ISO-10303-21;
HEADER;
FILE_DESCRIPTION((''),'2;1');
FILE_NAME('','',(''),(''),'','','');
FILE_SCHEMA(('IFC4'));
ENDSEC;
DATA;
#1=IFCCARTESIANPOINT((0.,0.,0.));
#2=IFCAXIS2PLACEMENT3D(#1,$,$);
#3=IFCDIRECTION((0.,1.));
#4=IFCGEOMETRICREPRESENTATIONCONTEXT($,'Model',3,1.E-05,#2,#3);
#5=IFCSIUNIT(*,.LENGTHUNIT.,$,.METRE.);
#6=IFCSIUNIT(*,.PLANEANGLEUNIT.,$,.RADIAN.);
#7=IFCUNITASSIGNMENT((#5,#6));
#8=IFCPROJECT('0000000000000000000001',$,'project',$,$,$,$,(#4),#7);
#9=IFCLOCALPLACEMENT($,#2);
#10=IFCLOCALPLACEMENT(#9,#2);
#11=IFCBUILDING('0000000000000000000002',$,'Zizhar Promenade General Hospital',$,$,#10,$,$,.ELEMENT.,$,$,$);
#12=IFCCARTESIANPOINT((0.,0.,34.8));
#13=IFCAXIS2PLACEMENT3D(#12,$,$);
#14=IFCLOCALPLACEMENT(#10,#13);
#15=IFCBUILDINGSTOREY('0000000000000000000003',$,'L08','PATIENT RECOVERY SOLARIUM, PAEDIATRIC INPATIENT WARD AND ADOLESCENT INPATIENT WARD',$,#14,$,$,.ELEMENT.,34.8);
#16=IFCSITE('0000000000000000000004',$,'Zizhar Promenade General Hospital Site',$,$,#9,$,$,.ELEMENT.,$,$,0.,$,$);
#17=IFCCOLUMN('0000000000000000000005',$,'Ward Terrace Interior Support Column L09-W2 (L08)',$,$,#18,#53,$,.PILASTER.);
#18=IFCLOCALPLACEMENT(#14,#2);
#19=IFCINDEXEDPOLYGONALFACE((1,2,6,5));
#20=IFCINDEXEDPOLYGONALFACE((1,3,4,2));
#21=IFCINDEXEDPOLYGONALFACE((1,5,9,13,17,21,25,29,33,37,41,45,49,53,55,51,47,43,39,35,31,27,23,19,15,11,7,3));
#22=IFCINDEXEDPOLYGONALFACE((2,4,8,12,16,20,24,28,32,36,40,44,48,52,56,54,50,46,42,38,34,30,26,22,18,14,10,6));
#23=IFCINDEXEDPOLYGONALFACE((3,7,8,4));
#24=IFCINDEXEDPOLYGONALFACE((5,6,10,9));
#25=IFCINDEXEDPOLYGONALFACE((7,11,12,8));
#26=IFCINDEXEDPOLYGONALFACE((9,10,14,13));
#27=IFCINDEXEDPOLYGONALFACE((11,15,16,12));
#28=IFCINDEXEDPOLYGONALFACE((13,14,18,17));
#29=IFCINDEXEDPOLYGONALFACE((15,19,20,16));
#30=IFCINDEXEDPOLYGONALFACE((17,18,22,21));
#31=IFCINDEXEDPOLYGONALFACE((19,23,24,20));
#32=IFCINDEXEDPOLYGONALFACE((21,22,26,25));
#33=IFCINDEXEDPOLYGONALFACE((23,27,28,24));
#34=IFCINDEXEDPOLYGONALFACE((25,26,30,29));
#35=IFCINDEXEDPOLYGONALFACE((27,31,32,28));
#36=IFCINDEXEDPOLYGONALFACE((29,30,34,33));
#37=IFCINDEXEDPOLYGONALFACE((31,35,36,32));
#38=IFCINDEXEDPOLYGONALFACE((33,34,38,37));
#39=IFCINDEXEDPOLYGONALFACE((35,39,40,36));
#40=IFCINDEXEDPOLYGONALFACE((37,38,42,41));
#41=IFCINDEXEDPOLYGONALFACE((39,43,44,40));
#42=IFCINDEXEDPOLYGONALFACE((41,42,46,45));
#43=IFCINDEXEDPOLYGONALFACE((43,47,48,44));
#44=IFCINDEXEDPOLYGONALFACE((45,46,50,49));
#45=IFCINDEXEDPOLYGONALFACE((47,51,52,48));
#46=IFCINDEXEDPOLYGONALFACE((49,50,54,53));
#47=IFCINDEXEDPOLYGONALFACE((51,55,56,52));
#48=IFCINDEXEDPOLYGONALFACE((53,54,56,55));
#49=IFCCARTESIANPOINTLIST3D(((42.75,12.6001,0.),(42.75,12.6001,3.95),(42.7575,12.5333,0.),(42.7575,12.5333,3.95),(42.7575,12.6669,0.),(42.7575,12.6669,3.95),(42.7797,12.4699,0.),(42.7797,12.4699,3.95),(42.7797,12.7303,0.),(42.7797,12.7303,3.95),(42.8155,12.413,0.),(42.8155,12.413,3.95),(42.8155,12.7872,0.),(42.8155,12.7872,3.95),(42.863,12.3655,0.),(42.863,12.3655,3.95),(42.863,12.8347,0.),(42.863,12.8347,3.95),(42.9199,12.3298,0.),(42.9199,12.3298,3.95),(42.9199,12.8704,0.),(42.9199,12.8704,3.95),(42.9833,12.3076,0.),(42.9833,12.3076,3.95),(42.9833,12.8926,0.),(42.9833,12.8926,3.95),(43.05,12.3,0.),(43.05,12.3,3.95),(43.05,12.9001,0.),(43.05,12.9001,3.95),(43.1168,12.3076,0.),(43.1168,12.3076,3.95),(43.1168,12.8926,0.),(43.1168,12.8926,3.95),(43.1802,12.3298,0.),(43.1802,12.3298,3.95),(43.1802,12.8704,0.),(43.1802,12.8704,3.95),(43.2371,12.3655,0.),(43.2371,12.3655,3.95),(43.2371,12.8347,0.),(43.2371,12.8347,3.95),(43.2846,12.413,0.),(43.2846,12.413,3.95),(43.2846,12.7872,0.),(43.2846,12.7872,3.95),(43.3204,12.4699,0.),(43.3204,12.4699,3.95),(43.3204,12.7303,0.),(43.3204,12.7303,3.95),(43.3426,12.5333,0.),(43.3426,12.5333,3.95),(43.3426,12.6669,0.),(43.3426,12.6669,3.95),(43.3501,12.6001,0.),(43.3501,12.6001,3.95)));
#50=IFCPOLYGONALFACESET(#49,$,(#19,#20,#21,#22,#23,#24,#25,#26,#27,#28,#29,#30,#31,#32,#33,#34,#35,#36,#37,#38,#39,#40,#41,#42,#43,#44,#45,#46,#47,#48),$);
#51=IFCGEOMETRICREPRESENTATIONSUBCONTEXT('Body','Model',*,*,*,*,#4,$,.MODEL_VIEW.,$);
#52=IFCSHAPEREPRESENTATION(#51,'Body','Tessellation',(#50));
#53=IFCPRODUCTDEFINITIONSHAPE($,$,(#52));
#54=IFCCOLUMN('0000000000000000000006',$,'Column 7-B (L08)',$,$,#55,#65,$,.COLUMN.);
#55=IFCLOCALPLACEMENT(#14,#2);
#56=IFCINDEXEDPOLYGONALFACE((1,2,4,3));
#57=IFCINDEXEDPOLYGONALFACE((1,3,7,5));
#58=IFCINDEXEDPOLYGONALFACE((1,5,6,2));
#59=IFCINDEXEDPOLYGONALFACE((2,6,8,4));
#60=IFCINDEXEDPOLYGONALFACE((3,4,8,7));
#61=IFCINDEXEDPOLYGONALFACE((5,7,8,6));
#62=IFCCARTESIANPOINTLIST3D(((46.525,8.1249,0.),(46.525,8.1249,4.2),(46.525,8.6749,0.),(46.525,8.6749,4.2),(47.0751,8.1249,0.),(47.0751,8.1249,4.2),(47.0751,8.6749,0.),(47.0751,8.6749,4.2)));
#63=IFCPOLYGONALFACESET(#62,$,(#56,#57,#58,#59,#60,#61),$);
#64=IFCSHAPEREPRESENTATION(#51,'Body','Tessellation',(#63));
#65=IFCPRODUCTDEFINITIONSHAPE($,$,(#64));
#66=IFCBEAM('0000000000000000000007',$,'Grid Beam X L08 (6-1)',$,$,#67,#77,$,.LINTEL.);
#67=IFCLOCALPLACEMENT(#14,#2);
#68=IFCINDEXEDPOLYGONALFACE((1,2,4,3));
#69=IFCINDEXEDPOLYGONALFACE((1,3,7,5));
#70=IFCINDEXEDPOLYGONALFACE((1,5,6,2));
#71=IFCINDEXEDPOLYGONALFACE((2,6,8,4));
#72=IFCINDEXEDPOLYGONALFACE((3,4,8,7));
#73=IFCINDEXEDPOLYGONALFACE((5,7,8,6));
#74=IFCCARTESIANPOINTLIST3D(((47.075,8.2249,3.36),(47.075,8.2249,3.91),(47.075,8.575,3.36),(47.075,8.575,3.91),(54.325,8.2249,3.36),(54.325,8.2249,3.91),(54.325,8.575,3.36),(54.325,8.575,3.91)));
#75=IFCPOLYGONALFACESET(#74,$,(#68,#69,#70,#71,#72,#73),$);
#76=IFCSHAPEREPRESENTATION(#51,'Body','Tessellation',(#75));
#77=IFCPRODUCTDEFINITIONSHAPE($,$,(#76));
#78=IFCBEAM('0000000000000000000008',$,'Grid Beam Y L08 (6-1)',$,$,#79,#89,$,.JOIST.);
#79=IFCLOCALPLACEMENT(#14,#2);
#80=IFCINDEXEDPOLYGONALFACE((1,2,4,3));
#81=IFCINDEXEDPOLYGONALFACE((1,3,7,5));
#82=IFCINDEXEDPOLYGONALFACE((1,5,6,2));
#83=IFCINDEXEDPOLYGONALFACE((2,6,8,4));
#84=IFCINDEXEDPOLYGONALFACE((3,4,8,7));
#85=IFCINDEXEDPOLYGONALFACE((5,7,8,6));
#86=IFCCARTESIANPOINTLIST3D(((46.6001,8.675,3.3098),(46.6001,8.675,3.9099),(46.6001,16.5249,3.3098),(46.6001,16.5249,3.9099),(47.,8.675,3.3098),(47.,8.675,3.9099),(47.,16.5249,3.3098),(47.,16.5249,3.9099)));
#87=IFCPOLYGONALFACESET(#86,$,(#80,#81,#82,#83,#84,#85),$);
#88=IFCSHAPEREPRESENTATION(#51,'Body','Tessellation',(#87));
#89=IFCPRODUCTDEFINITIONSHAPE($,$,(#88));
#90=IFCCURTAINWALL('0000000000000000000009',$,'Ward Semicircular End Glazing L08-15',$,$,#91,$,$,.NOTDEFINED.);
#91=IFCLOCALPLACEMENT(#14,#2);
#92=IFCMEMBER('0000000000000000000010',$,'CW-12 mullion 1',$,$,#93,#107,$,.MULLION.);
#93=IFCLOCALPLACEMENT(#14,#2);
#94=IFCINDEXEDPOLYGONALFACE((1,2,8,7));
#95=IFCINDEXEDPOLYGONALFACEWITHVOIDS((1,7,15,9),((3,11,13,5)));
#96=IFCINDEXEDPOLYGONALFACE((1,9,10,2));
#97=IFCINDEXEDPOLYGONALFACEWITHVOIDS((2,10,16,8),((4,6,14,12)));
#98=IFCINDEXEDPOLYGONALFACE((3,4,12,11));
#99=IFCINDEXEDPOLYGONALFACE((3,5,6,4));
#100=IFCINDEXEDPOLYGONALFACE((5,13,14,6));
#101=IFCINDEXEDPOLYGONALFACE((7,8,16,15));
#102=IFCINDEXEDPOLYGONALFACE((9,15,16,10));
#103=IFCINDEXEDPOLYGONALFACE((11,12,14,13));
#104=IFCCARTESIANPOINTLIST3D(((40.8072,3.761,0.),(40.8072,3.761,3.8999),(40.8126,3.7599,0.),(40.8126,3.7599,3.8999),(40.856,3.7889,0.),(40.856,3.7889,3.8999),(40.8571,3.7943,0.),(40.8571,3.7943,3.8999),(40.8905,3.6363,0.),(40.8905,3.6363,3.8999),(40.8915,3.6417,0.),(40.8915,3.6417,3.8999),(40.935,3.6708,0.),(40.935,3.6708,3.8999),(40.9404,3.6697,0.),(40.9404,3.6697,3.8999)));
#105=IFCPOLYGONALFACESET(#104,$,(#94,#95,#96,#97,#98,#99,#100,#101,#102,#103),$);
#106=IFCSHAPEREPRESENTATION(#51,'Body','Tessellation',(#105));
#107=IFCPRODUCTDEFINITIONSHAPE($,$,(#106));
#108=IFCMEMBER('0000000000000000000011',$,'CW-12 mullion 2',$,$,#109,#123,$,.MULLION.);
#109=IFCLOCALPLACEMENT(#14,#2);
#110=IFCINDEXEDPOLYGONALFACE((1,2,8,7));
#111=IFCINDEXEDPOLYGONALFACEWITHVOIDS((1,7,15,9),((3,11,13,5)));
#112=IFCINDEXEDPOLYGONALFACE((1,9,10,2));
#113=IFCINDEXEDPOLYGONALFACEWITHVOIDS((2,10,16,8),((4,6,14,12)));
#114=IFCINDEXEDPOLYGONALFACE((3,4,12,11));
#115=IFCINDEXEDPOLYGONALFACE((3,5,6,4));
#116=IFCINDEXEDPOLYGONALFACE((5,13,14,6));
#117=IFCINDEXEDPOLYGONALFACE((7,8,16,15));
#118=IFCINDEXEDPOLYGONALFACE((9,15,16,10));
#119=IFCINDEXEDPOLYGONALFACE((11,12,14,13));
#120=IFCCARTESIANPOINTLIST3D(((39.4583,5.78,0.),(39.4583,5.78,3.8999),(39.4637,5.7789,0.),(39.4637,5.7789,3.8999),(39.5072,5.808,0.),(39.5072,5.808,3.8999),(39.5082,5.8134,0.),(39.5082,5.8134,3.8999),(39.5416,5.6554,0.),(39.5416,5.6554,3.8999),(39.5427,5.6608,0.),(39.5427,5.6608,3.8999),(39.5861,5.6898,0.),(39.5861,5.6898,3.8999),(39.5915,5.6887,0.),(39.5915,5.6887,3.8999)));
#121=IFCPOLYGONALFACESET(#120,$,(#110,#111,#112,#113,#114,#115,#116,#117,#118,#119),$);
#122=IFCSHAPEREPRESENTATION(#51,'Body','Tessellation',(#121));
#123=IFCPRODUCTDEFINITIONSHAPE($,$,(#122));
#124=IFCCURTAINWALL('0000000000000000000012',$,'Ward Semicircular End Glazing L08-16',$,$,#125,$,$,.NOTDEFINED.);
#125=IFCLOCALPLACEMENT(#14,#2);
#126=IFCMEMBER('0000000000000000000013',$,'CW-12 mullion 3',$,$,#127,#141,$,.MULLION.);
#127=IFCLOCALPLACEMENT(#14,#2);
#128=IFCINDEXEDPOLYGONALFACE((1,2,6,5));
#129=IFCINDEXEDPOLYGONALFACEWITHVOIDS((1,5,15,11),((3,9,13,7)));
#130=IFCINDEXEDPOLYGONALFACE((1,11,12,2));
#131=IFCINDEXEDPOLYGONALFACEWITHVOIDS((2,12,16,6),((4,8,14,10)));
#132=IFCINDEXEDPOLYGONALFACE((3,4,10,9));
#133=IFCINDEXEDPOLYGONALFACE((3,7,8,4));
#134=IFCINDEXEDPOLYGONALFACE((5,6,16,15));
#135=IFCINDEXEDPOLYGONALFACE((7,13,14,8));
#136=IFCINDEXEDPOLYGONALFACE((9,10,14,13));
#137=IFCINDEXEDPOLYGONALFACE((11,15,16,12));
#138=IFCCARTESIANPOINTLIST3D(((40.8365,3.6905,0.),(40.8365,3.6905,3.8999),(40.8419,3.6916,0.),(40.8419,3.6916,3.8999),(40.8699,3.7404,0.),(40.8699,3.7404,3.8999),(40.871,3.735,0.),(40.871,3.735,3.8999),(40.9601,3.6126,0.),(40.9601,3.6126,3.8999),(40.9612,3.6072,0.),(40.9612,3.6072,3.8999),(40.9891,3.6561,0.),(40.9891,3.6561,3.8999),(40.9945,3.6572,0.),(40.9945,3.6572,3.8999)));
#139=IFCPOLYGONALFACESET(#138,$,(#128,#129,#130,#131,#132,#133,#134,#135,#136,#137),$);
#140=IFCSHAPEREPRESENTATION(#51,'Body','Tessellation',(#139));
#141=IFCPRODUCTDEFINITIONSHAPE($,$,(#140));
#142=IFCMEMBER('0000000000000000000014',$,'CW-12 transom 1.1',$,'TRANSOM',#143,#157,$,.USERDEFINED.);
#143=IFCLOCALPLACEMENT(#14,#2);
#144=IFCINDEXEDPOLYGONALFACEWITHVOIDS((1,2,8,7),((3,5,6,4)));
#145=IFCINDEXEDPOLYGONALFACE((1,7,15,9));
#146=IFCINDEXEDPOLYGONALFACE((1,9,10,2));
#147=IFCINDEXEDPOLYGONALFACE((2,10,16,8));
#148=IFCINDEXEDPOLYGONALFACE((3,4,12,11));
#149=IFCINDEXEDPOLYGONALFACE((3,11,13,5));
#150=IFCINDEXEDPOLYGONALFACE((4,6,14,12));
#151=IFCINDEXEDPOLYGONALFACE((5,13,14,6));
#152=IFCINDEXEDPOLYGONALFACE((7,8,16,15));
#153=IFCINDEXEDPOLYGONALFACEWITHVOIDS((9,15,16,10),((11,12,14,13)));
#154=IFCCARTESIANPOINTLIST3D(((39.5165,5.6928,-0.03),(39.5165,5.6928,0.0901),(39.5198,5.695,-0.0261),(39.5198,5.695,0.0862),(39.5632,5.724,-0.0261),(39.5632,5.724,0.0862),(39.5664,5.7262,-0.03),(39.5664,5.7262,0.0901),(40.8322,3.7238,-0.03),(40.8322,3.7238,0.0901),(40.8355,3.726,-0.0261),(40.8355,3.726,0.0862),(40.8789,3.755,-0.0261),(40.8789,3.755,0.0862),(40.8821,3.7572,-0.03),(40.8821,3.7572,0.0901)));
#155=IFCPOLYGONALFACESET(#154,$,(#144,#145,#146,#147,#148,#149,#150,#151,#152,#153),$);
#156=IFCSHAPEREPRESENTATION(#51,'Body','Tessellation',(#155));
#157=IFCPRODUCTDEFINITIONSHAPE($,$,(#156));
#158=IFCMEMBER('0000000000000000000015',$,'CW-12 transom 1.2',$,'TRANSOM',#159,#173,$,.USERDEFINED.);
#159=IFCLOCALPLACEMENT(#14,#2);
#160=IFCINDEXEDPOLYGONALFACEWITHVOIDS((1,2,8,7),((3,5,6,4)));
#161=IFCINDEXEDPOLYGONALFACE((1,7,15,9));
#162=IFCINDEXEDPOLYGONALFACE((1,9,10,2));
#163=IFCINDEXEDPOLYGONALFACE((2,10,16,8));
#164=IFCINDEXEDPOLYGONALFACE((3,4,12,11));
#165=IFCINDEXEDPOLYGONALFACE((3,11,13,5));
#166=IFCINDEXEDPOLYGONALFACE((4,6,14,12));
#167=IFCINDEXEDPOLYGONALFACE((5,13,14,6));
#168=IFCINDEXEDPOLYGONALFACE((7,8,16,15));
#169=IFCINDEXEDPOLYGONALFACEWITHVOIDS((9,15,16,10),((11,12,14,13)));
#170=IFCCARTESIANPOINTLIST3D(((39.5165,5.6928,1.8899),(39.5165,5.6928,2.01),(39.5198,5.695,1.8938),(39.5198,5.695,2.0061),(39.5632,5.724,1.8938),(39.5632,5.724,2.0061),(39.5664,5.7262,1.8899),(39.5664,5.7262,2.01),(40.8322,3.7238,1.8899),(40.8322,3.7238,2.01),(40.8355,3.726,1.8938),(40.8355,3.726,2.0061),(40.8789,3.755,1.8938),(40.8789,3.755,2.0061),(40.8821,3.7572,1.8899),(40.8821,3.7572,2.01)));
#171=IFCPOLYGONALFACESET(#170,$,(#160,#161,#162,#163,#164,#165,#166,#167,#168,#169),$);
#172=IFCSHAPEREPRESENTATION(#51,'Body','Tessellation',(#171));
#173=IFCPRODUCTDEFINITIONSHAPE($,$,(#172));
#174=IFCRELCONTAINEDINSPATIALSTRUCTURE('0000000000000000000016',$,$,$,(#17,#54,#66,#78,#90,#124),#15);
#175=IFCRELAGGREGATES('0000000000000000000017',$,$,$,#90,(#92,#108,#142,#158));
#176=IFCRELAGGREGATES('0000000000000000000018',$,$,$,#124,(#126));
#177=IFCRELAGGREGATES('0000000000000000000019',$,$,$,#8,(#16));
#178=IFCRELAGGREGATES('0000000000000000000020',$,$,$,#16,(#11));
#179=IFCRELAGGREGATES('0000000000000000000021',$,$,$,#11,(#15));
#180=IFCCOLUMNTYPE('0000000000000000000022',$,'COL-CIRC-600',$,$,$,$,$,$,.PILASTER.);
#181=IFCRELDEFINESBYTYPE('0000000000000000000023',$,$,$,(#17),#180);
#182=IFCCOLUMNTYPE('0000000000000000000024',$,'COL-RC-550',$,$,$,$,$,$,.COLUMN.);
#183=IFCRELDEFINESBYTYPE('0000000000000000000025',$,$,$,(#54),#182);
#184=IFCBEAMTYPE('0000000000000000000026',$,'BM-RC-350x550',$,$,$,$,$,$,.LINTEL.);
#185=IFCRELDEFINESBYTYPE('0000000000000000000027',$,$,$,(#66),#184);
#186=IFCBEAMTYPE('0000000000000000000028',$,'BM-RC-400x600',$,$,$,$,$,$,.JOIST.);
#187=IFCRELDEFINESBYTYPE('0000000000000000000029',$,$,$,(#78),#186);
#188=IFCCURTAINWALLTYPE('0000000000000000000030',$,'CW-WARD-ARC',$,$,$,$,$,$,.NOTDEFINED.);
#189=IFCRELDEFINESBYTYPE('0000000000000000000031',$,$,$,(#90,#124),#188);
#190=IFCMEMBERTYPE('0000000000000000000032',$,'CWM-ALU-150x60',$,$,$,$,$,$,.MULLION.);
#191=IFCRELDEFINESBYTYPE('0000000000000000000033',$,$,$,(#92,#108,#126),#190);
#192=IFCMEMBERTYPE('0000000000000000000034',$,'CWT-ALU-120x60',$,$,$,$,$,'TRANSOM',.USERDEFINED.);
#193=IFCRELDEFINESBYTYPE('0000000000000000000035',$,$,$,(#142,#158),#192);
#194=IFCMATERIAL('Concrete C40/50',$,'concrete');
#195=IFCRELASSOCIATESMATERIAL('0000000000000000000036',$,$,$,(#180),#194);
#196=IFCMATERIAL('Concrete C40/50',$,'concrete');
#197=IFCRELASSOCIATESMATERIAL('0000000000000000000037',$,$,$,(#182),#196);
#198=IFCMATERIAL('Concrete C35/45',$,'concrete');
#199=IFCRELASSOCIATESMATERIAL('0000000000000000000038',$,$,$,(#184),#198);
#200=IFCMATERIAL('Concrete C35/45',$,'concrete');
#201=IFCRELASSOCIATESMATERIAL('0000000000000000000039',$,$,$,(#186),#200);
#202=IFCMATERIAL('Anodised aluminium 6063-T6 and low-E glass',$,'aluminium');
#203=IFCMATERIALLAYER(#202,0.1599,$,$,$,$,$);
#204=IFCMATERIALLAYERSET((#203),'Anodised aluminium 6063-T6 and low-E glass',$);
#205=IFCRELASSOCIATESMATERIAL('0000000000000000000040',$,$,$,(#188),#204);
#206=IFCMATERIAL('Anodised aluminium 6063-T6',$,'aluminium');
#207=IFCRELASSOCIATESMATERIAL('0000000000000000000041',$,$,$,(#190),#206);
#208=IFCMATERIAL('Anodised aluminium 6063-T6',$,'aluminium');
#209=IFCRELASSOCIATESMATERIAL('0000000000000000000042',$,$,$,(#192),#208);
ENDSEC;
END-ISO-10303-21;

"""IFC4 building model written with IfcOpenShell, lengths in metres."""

from ifc_helpers import new_model, si_unit, direction, frame, origin, origin_2d, place, context, subcontext, project, spatial, rectangle, hollow_rectangle, circle, extrude, material, layer, layer_set, material_profile, profile_set, type_object, element, aggregate, save


model = new_model("IFC4")

# Units and contexts
model_context = context("Model", 3, precision=1e-05, world=origin(), true_north=direction((0.0, 1.0)))
body_context = subcontext(model_context, "Body", "Model", "MODEL_VIEW")
ifc_project = project(units=[si_unit("LENGTHUNIT", "METRE"), si_unit("PLANEANGLEUNIT", "RADIAN")], contexts=[model_context])

# Site, building, storey
site_placement = place(None, origin())
site = spatial("IfcSite", under=ifc_project, at=site_placement, Name="Zizhar Promenade General Hospital Site", CompositionType="ELEMENT", RefElevation=0.0)
building_placement = place(site_placement, origin())
building = spatial("IfcBuilding", under=site, at=building_placement, Name="Zizhar Promenade General Hospital", CompositionType="ELEMENT")
storey_placement = place(building_placement, frame((0.0, 0.0, 34.8)))
storey = spatial("IfcBuildingStorey", under=building, at=storey_placement, Name="L08", Description="PATIENT RECOVERY SOLARIUM, PAEDIATRIC INPATIENT WARD AND ADOLESCENT INPATIENT WARD", CompositionType="ELEMENT", Elevation=34.8)

# Columns
ifc_material_1 = material(Name="Concrete C40/50", Category="concrete")
ifc_material_profile_1 = material_profile(ifc_material_1, circle(Radius=0.3, at=origin_2d()))
ifc_profile_set_1 = profile_set([ifc_material_profile_1], Name="Concrete C40/50")
column_type_1 = type_object("IfcColumnType", Name="COL-CIRC-600", PredefinedType="PILASTER", material=ifc_profile_set_1)
column_1_placement = place(storey_placement, frame((43.05, 12.6001, 0.0), z_axis=(0.0, 0.0, 1.0), x_axis=(1.0, 0.0, 0.0)))
element("IfcColumn", 1, at=column_1_placement, inside=storey, type_object=column_type_1, Name="Ward Terrace Interior Support Column L09-W2 (L08)", PredefinedType="PILASTER", context=body_context, shape_type="SweptSolid", body=[
    extrude(circle(Radius=0.3, at=origin_2d()), origin(), (0.0, 0.0, 1.0), 3.95),
])
ifc_material_2 = material(Name="Concrete C40/50", Category="concrete")
ifc_material_profile_2 = material_profile(ifc_material_2, rectangle(XDim=0.55, YDim=0.55, at=origin_2d()))
ifc_profile_set_2 = profile_set([ifc_material_profile_2], Name="Concrete C40/50")
column_type_2 = type_object("IfcColumnType", Name="COL-RC-550", PredefinedType="COLUMN", material=ifc_profile_set_2)
column_2_placement = place(storey_placement, frame((46.8, 8.3999, 0.0), z_axis=(0.0, 0.0, 1.0), x_axis=(1.0, 0.0, 0.0)))
element("IfcColumn", 2, at=column_2_placement, inside=storey, type_object=column_type_2, Name="Column 7-B (L08)", PredefinedType="COLUMN", context=body_context, shape_type="SweptSolid", body=[
    extrude(rectangle(XDim=0.55, YDim=0.55, at=origin_2d()), origin(), (0.0, 0.0, 1.0), 4.2),
])

# Beams
ifc_material_3 = material(Name="Concrete C35/45", Category="concrete")
ifc_material_profile_3 = material_profile(ifc_material_3, rectangle(XDim=0.3501, YDim=0.55, at=origin_2d()))
ifc_profile_set_3 = profile_set([ifc_material_profile_3], Name="Concrete C35/45")
beam_type_1 = type_object("IfcBeamType", Name="BM-RC-350x550", PredefinedType="LINTEL", material=ifc_profile_set_3)
beam_1_placement = place(storey_placement, frame((47.075, 8.3999, 3.635), z_axis=(1.0, 0.0, 0.0), x_axis=(0.0, 1.0, 0.0)))
element("IfcBeam", 3, at=beam_1_placement, inside=storey, type_object=beam_type_1, Name="Grid Beam X L08 (6-1)", PredefinedType="LINTEL", context=body_context, shape_type="SweptSolid", body=[
    extrude(rectangle(XDim=0.3501, YDim=0.55, at=origin_2d()), origin(), (0.0, 0.0, 1.0), 7.25),
])
ifc_material_4 = material(Name="Concrete C35/45", Category="concrete")
ifc_material_profile_4 = material_profile(ifc_material_4, rectangle(XDim=0.3999, YDim=0.6001, at=origin_2d()))
ifc_profile_set_4 = profile_set([ifc_material_profile_4], Name="Concrete C35/45")
beam_type_2 = type_object("IfcBeamType", Name="BM-RC-400x600", PredefinedType="JOIST", material=ifc_profile_set_4)
beam_2_placement = place(storey_placement, frame((46.8, 8.675, 3.6099), z_axis=(0.0, 1.0, 0.0), x_axis=(-1.0, 0.0, 0.0)))
element("IfcBeam", 4, at=beam_2_placement, inside=storey, type_object=beam_type_2, Name="Grid Beam Y L08 (6-1)", PredefinedType="JOIST", context=body_context, shape_type="SweptSolid", body=[
    extrude(rectangle(XDim=0.3999, YDim=0.6001, at=origin_2d()), origin(), (0.0, 0.0, 1.0), 7.8499),
])

# Curtain wall, members
ifc_material_5 = material(Name="Anodised aluminium 6063-T6 and low-E glass", Category="aluminium")
ifc_layer_1 = layer(ifc_material_5, 0.1599)
ifc_layer_set_1 = layer_set([ifc_layer_1], Name="Anodised aluminium 6063-T6 and low-E glass")
curtain_wall_type = type_object("IfcCurtainWallType", Name="CW-WARD-ARC", PredefinedType="NOTDEFINED", material=ifc_layer_set_1)
curtain_wall_1_placement = place(storey_placement, origin())
curtain_wall_1 = element("IfcCurtainWall", 5, at=curtain_wall_1_placement, inside=storey, type_object=curtain_wall_type, Name="Ward Semicircular End Glazing L08-15", PredefinedType="NOTDEFINED")
ifc_material_6 = material(Name="Anodised aluminium 6063-T6", Category="aluminium")
ifc_material_profile_5 = material_profile(ifc_material_6, hollow_rectangle(XDim=0.0601, YDim=0.1499, WallThickness=0.0039, at=origin_2d()))
ifc_profile_set_5 = profile_set([ifc_material_profile_5], Name="Anodised aluminium 6063-T6")
member_type_1 = type_object("IfcMemberType", Name="CWM-ALU-150x60", PredefinedType="MULLION", material=ifc_profile_set_5)
member_1_placement = place(storey_placement, frame((40.8738, 3.7153, 0.0), z_axis=(0.0, 0.0, 1.0), x_axis=(-0.831462, -0.555582, 0.0)))
member_1 = element("IfcMember", 6, at=member_1_placement, type_object=member_type_1, Name="CW-12 mullion 1", PredefinedType="MULLION", context=body_context, shape_type="SweptSolid", body=[
    extrude(hollow_rectangle(XDim=0.0601, YDim=0.1499, WallThickness=0.0039, at=origin_2d()), origin(), (0.0, 0.0, 1.0), 3.8999),
])
member_2_placement = place(storey_placement, frame((39.5249, 5.7344, 0.0), z_axis=(0.0, 0.0, 1.0), x_axis=(-0.831462, -0.555582, 0.0)))
member_2 = element("IfcMember", 7, at=member_2_placement, type_object=member_type_1, Name="CW-12 mullion 2", PredefinedType="MULLION", context=body_context, shape_type="SweptSolid", body=[
    extrude(hollow_rectangle(XDim=0.0601, YDim=0.1499, WallThickness=0.0039, at=origin_2d()), origin(), (0.0, 0.0, 1.0), 3.8999),
])

# Curtain wall, member
curtain_wall_2_placement = place(storey_placement, origin())
curtain_wall_2 = element("IfcCurtainWall", 8, at=curtain_wall_2_placement, inside=storey, type_object=curtain_wall_type, Name="Ward Semicircular End Glazing L08-16", PredefinedType="NOTDEFINED")
member_3_placement = place(storey_placement, frame((40.9155, 3.6738, 0.0), z_axis=(0.0, 0.0, 1.0), x_axis=(-0.555582, -0.831462, 0.0)))
member_3 = element("IfcMember", 9, at=member_3_placement, type_object=member_type_1, Name="CW-12 mullion 3", PredefinedType="MULLION", context=body_context, shape_type="SweptSolid", body=[
    extrude(hollow_rectangle(XDim=0.0601, YDim=0.1499, WallThickness=0.0039, at=origin_2d()), origin(), (0.0, 0.0, 1.0), 3.8999),
])

# Members
ifc_material_7 = material(Name="Anodised aluminium 6063-T6", Category="aluminium")
ifc_material_profile_6 = material_profile(ifc_material_7, hollow_rectangle(XDim=0.0601, YDim=0.1201, WallThickness=0.0039, at=origin_2d()))
ifc_profile_set_6 = profile_set([ifc_material_profile_6], Name="Anodised aluminium 6063-T6")
member_type_2 = type_object("IfcMemberType", Name="CWT-ALU-120x60", ElementType="TRANSOM", PredefinedType="USERDEFINED", material=ifc_profile_set_6)
member_4_placement = place(storey_placement, frame((40.8572, 3.7405, 0.03), z_axis=(-0.55558, 0.831463, 0.0), x_axis=(-0.831463, -0.55558, 0.0)))
member_4 = element("IfcMember", 10, at=member_4_placement, type_object=member_type_2, Name="CW-12 transom 1.1", ObjectType="TRANSOM", PredefinedType="USERDEFINED", context=body_context, shape_type="SweptSolid", body=[
    extrude(hollow_rectangle(XDim=0.0601, YDim=0.1201, WallThickness=0.0039, at=origin_2d()), origin(), (0.0, 0.0, 1.0), 2.3682),
])
member_5_placement = place(storey_placement, frame((40.8572, 3.7405, 1.95), z_axis=(-0.55558, 0.831463, 0.0), x_axis=(-0.831463, -0.55558, 0.0)))
member_5 = element("IfcMember", 11, at=member_5_placement, type_object=member_type_2, Name="CW-12 transom 1.2", ObjectType="TRANSOM", PredefinedType="USERDEFINED", context=body_context, shape_type="SweptSolid", body=[
    extrude(hollow_rectangle(XDim=0.0601, YDim=0.1201, WallThickness=0.0039, at=origin_2d()), origin(), (0.0, 0.0, 1.0), 2.3682),
])

aggregate(curtain_wall_1, [member_1, member_2, member_4, member_5])
aggregate(curtain_wall_2, [member_3])

save(model, "model.ifc")
